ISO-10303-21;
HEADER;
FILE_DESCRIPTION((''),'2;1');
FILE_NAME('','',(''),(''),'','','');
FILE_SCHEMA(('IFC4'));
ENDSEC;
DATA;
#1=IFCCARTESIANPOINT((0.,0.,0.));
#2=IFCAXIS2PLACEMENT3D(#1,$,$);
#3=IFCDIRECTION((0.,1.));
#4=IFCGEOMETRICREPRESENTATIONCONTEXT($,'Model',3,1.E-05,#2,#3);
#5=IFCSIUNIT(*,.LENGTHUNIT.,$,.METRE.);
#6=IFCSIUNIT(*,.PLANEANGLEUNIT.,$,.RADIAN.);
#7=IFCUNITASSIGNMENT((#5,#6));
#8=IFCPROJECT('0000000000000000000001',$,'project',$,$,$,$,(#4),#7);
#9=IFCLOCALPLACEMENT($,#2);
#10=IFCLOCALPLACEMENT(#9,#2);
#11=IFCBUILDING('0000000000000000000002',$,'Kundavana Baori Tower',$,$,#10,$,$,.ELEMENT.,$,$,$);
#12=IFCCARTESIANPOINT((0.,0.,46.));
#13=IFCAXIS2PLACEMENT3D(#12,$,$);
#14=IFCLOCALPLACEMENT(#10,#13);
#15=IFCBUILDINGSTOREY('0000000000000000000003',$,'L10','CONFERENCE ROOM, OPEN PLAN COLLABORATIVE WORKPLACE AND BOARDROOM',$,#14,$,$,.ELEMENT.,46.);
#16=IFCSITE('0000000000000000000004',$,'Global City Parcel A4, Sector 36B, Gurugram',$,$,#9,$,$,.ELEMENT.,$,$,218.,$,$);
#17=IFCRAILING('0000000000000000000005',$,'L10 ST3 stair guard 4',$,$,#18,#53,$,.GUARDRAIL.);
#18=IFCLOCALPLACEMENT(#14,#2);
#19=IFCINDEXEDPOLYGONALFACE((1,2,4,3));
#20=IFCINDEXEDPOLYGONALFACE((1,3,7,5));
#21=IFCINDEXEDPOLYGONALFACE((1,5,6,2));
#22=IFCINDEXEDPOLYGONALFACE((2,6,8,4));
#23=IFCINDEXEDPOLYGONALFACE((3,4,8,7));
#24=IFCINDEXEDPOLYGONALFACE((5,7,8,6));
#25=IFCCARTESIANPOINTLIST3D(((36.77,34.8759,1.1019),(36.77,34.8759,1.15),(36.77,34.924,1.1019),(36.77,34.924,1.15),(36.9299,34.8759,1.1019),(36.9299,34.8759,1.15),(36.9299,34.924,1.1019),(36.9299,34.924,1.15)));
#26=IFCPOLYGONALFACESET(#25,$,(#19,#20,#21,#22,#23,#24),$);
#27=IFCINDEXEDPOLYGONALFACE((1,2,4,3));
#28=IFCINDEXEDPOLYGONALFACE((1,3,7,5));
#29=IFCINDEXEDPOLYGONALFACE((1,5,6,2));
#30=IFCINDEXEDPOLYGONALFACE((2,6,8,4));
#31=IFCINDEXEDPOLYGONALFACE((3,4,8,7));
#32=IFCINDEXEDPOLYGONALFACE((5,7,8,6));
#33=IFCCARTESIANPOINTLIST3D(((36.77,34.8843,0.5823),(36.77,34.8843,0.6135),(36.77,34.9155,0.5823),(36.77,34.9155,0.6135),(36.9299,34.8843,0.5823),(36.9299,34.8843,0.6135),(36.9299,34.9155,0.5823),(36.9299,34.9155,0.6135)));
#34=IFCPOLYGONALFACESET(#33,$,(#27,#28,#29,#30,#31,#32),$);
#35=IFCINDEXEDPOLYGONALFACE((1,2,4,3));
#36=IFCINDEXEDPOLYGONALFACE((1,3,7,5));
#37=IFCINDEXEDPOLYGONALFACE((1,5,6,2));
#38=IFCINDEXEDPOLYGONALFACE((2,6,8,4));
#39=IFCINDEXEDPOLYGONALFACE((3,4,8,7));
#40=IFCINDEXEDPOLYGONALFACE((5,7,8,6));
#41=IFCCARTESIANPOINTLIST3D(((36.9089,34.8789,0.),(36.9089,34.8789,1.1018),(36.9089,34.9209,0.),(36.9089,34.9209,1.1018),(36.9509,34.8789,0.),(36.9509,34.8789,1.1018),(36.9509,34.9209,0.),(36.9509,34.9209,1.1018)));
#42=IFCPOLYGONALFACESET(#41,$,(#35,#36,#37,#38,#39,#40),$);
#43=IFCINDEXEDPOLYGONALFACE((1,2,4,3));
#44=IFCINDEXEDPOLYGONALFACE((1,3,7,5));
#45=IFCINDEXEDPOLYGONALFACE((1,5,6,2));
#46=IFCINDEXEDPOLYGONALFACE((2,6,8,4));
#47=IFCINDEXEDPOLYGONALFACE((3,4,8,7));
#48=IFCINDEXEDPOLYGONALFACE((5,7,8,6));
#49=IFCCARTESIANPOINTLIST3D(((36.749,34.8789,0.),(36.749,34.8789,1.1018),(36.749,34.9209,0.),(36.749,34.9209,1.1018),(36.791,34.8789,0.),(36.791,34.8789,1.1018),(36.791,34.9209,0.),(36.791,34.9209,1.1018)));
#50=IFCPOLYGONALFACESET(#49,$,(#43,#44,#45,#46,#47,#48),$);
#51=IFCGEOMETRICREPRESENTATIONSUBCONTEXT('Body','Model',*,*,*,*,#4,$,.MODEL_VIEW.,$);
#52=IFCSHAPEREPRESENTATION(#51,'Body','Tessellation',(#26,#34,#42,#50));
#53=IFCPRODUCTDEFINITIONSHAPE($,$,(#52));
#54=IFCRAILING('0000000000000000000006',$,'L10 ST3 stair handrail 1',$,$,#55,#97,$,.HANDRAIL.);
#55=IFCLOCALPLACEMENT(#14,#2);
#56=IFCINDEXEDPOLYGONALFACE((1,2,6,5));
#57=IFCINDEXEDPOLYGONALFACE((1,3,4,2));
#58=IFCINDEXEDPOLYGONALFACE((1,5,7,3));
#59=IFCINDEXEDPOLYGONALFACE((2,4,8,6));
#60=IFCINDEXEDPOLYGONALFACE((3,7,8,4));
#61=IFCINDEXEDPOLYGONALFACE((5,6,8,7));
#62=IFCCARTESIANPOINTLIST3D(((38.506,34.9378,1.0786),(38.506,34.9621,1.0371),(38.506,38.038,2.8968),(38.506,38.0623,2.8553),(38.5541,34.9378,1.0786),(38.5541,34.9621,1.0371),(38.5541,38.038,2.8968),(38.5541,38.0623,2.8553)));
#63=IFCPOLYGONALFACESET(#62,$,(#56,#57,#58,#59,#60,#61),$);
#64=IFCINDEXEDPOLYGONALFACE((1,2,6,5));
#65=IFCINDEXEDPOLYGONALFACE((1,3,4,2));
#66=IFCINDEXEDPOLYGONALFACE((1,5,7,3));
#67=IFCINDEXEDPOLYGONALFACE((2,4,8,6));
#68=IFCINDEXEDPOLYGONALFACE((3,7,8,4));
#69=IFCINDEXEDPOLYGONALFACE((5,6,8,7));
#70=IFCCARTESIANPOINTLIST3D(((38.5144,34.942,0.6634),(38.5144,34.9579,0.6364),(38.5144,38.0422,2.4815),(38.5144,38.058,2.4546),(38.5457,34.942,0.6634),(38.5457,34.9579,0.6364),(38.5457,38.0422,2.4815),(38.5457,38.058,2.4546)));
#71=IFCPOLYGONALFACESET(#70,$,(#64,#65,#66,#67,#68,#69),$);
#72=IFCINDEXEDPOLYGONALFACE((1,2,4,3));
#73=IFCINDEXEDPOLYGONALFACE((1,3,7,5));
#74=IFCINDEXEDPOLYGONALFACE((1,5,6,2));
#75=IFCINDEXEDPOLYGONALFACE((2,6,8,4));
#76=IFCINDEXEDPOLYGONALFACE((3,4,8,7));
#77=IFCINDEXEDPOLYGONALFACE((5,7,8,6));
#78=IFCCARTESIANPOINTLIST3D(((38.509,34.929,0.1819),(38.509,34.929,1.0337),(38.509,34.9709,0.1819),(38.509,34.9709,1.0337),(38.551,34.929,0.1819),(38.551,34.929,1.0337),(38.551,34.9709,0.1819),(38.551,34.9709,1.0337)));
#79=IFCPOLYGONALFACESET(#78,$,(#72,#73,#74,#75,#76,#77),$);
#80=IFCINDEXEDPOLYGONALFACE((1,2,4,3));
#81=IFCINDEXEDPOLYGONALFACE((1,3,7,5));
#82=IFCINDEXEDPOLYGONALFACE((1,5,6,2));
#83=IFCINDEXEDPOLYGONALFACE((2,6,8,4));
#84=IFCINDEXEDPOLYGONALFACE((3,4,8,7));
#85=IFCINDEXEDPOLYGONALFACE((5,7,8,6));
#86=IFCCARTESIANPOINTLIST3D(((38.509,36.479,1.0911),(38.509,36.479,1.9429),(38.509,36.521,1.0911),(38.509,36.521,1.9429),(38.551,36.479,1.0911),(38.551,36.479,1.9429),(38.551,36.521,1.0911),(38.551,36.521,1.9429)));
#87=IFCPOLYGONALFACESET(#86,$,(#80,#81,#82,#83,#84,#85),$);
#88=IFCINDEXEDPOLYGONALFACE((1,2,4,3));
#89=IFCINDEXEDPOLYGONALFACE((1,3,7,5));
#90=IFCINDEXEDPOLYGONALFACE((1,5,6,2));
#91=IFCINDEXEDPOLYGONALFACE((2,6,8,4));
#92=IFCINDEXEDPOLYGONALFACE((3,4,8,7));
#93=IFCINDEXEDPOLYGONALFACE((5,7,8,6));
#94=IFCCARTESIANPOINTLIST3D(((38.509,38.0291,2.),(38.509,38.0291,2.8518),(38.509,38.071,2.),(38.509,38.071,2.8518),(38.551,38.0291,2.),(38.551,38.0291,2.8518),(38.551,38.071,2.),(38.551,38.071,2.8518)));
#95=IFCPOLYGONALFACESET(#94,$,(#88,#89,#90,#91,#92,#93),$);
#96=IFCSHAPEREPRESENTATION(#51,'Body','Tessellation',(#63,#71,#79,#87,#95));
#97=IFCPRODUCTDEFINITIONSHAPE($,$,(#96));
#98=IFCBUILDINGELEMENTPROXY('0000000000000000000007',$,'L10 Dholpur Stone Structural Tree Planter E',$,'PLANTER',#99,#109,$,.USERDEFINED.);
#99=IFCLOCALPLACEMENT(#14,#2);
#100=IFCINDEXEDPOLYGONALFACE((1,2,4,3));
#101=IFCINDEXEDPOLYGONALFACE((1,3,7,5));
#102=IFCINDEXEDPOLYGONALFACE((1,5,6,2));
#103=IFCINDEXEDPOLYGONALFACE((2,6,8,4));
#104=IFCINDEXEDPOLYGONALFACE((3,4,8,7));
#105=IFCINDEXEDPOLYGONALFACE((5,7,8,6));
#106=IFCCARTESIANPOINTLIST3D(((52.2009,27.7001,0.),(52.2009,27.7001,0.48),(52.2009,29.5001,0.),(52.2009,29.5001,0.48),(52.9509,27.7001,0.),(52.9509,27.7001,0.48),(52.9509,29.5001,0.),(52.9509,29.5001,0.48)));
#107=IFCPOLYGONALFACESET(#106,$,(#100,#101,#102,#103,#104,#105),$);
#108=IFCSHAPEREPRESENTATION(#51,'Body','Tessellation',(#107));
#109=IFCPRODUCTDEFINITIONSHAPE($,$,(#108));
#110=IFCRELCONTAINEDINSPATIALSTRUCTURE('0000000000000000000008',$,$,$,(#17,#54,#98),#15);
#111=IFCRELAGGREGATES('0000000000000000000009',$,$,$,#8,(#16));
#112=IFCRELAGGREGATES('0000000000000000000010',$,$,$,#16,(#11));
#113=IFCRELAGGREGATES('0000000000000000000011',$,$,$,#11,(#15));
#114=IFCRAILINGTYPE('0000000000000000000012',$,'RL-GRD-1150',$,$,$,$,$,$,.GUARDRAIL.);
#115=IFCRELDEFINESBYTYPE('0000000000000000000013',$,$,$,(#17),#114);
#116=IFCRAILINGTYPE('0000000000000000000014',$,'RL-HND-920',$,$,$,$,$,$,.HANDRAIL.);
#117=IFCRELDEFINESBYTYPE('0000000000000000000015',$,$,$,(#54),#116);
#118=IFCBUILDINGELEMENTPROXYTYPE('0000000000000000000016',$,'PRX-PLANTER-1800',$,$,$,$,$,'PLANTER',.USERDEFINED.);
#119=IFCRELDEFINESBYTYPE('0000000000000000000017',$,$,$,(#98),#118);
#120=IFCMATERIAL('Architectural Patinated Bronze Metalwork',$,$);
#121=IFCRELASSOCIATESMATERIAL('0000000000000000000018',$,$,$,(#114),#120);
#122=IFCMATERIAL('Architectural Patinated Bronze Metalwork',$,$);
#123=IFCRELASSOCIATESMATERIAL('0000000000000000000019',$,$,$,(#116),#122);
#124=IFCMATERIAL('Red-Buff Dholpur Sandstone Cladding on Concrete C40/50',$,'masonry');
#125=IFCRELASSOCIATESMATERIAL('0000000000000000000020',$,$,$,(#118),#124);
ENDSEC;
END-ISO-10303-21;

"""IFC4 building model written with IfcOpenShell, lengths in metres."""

from ifc_helpers import new_model, si_unit, direction, frame, origin, origin_2d, place, context, subcontext, project, spatial, rectangle, extrude, material, type_object, element, save


model = new_model("IFC4")

# Units and contexts
model_context = context("Model", 3, precision=1e-05, world=origin(), true_north=direction((0.0, 1.0)))
body_context = subcontext(model_context, "Body", "Model", "MODEL_VIEW")
ifc_project = project(units=[si_unit("LENGTHUNIT", "METRE"), si_unit("PLANEANGLEUNIT", "RADIAN")], contexts=[model_context])

# Site, building, storey
site_placement = place(None, origin())
site = spatial("IfcSite", under=ifc_project, at=site_placement, Name="Global City Parcel A4, Sector 36B, Gurugram", CompositionType="ELEMENT", RefElevation=218.0)
building_placement = place(site_placement, origin())
building = spatial("IfcBuilding", under=site, at=building_placement, Name="Kundavana Baori Tower", CompositionType="ELEMENT")
storey_placement = place(building_placement, frame((0.0, 0.0, 46.0)))
storey = spatial("IfcBuildingStorey", under=building, at=storey_placement, Name="L10", Description="CONFERENCE ROOM, OPEN PLAN COLLABORATIVE WORKPLACE AND BOARDROOM", CompositionType="ELEMENT", Elevation=46.0)

# Railings
ifc_material_1 = material(Name="Architectural Patinated Bronze Metalwork")
railing_type_1 = type_object("IfcRailingType", Name="RL-GRD-1150", PredefinedType="GUARDRAIL", material=ifc_material_1)
railing_1_placement = place(storey_placement, frame((36.9299, 34.8999, 0.0)))
element("IfcRailing", 1, at=railing_1_placement, inside=storey, type_object=railing_type_1, Name="L10 ST3 stair guard 4", PredefinedType="GUARDRAIL", context=body_context, shape_type="SweptSolid", body=[
    extrude(rectangle(XDim=0.0481, YDim=0.0481, at=origin_2d()), frame((0.0, 0.0, 1.126), z_axis=(-1.0, 0.0, 0.0), x_axis=(0.0, -1.0, 0.0)), (0.0, 0.0, 1.0), 0.1599),
    extrude(rectangle(XDim=0.0312, YDim=0.0312, at=origin_2d()), frame((0.0, 0.0, 0.5979), z_axis=(-1.0, 0.0, 0.0), x_axis=(0.0, -1.0, 0.0)), (0.0, 0.0, 1.0), 0.1599),
    extrude(rectangle(XDim=0.042, YDim=0.042, at=origin_2d()), origin(), (0.0, 0.0, 1.0), 1.1018),
    extrude(rectangle(XDim=0.042, YDim=0.042, at=origin_2d()), frame((-0.1599, 0.0, 0.0)), (0.0, 0.0, 1.0), 1.1018),
])
ifc_material_2 = material(Name="Architectural Patinated Bronze Metalwork")
railing_type_2 = type_object("IfcRailingType", Name="RL-HND-920", PredefinedType="HANDRAIL", material=ifc_material_2)
railing_2_placement = place(storey_placement, frame((38.53, 34.95, 0.1819)))
element("IfcRailing", 2, at=railing_2_placement, inside=storey, type_object=railing_type_2, Name="L10 ST3 stair handrail 1", PredefinedType="HANDRAIL", context=body_context, shape_type="SweptSolid", body=[
    extrude(rectangle(XDim=0.0481, YDim=0.0481, at=origin_2d()), frame((0.0, 0.0, 0.876), z_axis=(0.0, 0.862599, 0.505889), x_axis=(-1.0, 0.0, 0.0)), (0.0, 0.0, 1.0), 3.594),
    extrude(rectangle(XDim=0.0312, YDim=0.0312, at=origin_2d()), frame((0.0, 0.0, 0.468), z_axis=(0.0, 0.862599, 0.505889), x_axis=(-1.0, 0.0, 0.0)), (0.0, 0.0, 1.0), 3.594),
    extrude(rectangle(XDim=0.042, YDim=0.042, at=origin_2d()), origin(), (0.0, 0.0, 1.0), 0.8518),
    extrude(rectangle(XDim=0.042, YDim=0.042, at=origin_2d()), frame((0.0, 1.55, 0.9092)), (0.0, 0.0, 1.0), 0.8518),
    extrude(rectangle(XDim=0.042, YDim=0.042, at=origin_2d()), frame((0.0, 3.1001, 1.8181)), (0.0, 0.0, 1.0), 0.8518),
])

# Building element proxy
ifc_material_3 = material(Name="Red-Buff Dholpur Sandstone Cladding on Concrete C40/50", Category="masonry")
building_element_proxy_type = type_object("IfcBuildingElementProxyType", Name="PRX-PLANTER-1800", ElementType="PLANTER", PredefinedType="USERDEFINED", material=ifc_material_3)
proxy_placement = place(storey_placement, frame((52.5759, 28.6001, 0.0), z_axis=(0.0, 0.0, 1.0), x_axis=(0.0, 1.0, 0.0)))
element("IfcBuildingElementProxy", 3, at=proxy_placement, inside=storey, type_object=building_element_proxy_type, Name="L10 Dholpur Stone Structural Tree Planter E", ObjectType="PLANTER", PredefinedType="USERDEFINED", context=body_context, shape_type="SweptSolid", body=[
    extrude(rectangle(XDim=1.8, YDim=0.75, at=origin_2d()), origin(), (0.0, 0.0, 1.0), 0.48),
])

save(model, "model.ifc")
